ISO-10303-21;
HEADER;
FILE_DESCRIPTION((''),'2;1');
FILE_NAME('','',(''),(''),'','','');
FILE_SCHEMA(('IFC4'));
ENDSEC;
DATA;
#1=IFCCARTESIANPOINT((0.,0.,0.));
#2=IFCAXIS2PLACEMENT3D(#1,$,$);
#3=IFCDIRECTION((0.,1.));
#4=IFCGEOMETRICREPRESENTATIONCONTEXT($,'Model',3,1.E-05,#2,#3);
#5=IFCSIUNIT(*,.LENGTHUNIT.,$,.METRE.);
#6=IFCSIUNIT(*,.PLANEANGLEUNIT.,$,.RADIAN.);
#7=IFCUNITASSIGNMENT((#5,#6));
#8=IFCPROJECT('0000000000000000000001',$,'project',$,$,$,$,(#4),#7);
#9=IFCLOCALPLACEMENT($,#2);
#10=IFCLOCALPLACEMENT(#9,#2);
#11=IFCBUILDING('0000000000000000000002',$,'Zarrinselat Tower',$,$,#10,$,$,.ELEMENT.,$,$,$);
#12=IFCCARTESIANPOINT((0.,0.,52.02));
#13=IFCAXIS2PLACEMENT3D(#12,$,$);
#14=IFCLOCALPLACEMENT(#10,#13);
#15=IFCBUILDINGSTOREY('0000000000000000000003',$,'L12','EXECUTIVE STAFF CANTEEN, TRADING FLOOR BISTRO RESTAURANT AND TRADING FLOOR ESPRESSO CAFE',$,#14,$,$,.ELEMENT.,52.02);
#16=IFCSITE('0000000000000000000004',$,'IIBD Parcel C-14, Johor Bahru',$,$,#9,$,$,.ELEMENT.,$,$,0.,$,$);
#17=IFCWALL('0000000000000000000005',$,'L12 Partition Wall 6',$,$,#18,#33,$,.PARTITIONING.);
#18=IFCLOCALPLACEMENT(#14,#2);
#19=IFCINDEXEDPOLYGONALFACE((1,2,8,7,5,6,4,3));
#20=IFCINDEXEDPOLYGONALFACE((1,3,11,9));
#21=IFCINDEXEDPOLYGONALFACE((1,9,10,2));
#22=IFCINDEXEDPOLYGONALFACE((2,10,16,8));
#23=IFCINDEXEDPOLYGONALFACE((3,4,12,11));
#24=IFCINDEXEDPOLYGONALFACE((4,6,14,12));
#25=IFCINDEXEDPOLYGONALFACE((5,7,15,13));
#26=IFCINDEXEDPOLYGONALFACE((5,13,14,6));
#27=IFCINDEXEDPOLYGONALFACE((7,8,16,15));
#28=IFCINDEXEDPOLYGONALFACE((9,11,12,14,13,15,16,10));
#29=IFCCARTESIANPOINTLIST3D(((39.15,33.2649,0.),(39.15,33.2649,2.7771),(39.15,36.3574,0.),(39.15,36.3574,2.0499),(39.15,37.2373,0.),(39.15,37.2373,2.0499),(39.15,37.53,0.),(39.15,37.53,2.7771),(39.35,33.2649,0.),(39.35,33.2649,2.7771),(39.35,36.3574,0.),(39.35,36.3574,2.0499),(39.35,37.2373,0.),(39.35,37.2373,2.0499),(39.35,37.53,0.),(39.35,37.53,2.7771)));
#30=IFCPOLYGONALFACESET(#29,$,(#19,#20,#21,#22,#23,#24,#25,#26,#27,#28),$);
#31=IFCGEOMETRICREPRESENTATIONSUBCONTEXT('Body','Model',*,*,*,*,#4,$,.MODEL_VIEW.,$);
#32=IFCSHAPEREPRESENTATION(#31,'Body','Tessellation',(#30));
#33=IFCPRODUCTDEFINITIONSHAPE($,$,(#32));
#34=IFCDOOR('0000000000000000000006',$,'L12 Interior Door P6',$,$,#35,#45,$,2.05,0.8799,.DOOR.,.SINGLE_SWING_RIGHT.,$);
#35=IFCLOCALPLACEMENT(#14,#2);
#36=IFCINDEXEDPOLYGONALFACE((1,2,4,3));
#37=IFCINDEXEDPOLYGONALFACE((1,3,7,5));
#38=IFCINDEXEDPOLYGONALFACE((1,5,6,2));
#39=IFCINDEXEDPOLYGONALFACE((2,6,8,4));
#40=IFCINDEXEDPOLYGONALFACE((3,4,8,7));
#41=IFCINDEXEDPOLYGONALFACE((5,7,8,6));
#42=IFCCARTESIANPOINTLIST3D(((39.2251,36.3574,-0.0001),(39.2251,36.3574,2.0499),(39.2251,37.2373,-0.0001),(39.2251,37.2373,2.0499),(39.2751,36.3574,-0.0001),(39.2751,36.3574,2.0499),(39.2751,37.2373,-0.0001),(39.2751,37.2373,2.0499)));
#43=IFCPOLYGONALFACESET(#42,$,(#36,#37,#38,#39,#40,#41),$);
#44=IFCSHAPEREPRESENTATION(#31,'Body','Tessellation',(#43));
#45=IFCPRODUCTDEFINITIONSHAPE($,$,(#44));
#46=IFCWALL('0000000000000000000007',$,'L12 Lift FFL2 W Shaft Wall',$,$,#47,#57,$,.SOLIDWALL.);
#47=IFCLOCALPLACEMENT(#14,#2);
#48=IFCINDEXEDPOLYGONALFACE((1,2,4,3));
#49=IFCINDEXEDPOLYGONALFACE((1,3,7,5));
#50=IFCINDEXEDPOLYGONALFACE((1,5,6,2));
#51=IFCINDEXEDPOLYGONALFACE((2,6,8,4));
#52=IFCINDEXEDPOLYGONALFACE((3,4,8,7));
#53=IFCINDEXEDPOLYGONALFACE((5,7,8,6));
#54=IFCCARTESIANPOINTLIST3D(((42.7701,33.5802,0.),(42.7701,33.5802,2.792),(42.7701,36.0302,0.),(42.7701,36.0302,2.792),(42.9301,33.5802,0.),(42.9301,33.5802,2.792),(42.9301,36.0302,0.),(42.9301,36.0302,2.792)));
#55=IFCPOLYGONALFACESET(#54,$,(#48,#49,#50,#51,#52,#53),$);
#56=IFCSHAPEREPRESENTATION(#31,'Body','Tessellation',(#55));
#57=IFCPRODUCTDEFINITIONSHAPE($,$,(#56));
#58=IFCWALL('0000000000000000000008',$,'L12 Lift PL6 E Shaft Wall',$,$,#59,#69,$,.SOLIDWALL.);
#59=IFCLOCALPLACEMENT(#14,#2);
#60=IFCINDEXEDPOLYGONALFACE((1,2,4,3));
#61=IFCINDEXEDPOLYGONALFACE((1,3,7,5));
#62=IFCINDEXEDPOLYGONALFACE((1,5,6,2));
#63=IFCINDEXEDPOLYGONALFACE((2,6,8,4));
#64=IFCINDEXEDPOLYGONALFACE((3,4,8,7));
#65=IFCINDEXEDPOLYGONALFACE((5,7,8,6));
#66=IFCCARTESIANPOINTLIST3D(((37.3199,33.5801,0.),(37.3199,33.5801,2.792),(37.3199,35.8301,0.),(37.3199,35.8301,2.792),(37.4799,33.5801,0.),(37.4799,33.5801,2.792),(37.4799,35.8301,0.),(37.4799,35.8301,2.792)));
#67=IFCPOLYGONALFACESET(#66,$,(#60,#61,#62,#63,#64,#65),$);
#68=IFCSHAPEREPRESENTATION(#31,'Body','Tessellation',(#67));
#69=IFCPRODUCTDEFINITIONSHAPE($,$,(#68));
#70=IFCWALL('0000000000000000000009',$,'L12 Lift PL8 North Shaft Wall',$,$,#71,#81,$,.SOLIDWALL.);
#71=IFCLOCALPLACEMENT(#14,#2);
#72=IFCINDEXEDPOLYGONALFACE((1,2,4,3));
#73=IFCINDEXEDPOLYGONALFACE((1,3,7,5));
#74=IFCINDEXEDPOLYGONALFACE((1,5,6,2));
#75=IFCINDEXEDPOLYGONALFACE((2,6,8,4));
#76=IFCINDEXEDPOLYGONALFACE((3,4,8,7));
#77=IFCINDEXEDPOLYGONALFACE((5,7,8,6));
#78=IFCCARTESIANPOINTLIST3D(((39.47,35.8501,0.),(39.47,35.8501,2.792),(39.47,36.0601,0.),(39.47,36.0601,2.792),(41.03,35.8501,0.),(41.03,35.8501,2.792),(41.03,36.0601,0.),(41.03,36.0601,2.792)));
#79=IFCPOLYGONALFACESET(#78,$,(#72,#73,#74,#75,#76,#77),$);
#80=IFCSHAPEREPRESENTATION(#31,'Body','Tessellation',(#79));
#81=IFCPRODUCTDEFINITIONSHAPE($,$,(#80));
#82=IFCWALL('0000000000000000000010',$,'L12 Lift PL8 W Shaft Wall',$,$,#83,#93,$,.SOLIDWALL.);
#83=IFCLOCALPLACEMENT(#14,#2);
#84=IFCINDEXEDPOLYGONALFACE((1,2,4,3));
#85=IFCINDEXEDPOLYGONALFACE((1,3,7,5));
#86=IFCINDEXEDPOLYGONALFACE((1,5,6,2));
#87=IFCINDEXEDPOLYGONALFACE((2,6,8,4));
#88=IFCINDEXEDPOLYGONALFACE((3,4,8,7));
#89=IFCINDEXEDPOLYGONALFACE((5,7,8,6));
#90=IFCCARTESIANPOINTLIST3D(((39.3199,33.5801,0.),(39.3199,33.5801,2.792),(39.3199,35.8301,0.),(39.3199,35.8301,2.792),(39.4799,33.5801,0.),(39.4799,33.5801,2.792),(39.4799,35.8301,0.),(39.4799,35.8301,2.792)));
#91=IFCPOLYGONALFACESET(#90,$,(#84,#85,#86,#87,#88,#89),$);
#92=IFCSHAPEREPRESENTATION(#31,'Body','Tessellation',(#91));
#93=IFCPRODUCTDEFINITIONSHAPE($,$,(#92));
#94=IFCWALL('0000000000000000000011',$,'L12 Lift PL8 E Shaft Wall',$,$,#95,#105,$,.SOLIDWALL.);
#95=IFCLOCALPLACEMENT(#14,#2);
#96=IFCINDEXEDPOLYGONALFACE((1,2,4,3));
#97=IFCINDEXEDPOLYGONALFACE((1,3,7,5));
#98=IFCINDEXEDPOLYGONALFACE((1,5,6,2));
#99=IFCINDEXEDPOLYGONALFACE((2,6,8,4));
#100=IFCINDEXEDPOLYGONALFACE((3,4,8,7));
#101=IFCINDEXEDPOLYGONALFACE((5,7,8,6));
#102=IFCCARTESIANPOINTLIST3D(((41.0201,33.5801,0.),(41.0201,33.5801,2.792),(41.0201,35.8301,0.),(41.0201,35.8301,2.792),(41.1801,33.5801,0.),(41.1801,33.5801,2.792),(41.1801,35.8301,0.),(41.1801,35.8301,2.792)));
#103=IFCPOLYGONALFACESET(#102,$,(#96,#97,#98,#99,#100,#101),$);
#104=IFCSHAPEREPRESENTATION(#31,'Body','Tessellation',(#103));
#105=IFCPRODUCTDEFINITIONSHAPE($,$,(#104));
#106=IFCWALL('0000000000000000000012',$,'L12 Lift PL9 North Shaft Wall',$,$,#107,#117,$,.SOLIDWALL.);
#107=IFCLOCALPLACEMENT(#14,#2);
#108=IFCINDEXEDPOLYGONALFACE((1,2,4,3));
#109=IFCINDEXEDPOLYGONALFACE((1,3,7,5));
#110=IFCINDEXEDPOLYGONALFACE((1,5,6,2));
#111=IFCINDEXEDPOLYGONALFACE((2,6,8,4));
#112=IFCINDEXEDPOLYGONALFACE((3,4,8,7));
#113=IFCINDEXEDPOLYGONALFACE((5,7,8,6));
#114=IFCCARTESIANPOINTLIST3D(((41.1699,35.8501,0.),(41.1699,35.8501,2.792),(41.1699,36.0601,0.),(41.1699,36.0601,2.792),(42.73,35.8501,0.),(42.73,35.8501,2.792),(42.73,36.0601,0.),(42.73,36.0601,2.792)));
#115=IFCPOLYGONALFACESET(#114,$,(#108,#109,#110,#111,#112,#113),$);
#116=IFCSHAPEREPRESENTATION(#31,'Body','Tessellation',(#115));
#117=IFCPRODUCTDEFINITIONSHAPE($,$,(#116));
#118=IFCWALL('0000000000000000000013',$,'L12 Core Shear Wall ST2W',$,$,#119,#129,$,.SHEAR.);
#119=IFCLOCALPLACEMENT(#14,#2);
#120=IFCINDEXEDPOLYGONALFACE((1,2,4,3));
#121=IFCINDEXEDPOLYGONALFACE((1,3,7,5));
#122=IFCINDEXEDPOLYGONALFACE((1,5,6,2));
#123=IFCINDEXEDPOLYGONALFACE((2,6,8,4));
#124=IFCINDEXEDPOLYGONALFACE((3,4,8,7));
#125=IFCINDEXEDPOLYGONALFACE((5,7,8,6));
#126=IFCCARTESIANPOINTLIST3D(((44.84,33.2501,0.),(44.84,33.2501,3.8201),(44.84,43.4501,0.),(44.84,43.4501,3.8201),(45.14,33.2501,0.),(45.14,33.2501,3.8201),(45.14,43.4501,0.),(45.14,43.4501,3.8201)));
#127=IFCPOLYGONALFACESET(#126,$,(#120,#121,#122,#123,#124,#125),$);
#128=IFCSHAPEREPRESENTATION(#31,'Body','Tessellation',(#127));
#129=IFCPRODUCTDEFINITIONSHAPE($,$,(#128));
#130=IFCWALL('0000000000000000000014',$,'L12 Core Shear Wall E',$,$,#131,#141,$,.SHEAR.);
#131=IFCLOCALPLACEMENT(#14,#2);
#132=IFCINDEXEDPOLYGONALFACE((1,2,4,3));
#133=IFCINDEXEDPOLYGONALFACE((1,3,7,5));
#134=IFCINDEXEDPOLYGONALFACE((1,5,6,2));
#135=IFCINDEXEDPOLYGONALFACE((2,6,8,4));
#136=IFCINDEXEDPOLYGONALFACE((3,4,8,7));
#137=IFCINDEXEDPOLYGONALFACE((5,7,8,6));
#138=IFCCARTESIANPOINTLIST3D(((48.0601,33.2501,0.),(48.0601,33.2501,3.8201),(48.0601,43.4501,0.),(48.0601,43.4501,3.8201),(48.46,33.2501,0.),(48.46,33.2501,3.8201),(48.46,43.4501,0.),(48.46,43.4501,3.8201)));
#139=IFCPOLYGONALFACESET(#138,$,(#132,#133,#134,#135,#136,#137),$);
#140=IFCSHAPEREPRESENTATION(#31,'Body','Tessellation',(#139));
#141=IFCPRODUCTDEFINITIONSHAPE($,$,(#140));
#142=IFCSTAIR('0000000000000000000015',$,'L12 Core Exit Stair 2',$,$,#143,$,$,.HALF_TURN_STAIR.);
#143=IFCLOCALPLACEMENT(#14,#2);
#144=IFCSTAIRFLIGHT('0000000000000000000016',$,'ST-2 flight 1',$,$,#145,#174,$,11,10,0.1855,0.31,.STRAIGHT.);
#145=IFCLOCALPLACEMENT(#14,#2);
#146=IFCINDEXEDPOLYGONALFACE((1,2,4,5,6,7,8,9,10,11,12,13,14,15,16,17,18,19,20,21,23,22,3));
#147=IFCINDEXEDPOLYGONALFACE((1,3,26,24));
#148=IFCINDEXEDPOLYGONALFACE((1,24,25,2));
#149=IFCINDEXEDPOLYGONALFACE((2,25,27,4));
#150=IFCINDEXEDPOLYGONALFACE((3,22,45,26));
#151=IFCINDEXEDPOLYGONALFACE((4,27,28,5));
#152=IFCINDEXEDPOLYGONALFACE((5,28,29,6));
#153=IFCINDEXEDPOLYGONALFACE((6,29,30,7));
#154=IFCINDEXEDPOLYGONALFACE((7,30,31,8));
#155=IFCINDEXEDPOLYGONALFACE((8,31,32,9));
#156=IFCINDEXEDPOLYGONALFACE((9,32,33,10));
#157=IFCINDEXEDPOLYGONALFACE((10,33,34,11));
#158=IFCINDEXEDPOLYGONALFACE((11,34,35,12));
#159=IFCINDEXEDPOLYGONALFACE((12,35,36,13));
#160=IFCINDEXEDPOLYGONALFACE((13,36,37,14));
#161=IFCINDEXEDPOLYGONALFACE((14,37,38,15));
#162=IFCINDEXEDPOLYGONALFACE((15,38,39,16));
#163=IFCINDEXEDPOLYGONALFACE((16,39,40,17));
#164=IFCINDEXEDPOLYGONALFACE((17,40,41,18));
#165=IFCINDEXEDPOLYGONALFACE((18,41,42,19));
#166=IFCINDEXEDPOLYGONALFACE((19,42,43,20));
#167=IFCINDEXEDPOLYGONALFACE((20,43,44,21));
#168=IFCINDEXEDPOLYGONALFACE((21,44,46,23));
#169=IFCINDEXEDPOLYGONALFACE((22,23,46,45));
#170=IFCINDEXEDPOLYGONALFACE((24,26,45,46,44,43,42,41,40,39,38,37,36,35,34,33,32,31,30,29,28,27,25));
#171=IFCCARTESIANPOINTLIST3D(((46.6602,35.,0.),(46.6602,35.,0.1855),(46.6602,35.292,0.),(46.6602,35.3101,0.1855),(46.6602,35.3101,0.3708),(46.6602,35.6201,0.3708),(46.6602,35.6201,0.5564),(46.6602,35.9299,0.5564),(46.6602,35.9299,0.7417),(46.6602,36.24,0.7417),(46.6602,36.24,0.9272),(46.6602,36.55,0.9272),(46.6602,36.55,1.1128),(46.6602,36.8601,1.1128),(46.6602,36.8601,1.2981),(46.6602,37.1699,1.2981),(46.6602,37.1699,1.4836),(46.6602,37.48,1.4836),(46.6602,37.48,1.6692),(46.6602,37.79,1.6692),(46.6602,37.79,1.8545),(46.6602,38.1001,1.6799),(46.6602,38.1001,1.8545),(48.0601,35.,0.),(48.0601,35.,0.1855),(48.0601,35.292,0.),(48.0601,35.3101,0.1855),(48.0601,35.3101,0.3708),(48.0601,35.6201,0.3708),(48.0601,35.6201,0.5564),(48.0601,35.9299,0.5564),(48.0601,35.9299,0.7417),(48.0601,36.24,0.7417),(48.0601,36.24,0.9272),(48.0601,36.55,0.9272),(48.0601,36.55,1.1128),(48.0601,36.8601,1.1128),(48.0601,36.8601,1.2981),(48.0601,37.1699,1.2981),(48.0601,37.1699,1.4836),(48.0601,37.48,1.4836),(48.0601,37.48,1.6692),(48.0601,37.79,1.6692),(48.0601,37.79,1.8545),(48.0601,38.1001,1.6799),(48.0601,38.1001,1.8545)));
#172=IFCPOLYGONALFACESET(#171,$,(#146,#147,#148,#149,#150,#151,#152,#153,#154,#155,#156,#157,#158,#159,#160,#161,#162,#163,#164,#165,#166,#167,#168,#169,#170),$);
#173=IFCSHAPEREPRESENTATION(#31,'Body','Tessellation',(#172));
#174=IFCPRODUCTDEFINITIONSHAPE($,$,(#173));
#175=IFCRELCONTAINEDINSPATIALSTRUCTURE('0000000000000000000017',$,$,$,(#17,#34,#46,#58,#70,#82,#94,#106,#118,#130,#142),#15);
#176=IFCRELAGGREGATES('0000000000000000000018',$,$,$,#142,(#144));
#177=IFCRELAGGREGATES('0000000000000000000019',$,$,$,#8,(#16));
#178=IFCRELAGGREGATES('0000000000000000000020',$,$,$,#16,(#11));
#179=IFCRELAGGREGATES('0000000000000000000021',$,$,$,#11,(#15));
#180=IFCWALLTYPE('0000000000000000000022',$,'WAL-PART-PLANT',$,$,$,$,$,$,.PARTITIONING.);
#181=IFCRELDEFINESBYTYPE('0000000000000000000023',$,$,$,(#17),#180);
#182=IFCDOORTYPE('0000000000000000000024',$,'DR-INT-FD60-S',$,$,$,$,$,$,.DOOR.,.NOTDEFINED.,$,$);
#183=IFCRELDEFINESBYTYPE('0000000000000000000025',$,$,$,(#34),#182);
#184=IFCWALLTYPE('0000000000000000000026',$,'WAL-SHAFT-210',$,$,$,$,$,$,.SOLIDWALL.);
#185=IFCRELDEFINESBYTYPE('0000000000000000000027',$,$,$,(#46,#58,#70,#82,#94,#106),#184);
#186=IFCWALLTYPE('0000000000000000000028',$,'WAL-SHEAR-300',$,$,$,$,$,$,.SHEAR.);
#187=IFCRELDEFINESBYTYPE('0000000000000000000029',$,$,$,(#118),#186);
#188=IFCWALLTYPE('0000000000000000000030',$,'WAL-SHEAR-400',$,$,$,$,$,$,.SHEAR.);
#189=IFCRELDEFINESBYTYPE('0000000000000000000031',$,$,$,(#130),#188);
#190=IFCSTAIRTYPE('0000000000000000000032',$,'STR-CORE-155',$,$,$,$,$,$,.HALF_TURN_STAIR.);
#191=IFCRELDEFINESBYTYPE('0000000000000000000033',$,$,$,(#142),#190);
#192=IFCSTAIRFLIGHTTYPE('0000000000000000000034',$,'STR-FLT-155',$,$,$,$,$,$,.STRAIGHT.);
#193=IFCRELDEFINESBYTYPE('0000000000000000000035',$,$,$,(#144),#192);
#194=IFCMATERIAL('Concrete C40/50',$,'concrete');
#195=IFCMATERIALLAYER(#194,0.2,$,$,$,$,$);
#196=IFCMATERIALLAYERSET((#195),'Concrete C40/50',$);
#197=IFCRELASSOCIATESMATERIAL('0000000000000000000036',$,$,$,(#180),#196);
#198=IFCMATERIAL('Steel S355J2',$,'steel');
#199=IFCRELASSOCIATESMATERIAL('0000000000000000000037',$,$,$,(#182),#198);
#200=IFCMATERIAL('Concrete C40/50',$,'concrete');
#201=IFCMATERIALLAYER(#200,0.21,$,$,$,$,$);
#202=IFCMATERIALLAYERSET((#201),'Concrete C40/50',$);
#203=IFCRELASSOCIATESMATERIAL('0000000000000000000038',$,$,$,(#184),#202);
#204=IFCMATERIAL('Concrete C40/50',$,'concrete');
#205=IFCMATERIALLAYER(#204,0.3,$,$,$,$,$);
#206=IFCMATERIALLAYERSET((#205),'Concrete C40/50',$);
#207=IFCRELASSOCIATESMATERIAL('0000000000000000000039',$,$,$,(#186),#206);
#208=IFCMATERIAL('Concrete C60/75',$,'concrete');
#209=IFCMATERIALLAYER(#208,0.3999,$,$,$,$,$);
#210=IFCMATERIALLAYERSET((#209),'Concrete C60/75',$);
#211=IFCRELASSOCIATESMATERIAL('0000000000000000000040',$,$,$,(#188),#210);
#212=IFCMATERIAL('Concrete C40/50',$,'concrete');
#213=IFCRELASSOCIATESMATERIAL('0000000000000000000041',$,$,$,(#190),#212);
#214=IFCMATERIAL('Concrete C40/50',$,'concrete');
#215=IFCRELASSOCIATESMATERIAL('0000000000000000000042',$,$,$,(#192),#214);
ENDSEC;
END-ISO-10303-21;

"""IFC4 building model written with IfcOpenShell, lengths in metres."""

from ifc_helpers import new_model, si_unit, direction, frame, frame_2d, origin, place, context, subcontext, project, spatial, polyline, rectangle, outline, extrude, material, layer, layer_set, type_object, element, fill, aggregate, save


model = new_model("IFC4")

# Units and contexts
model_context = context("Model", 3, precision=1e-05, world=origin(), true_north=direction((0.0, 1.0)))
body_context = subcontext(model_context, "Body", "Model", "MODEL_VIEW")
ifc_project = project(units=[si_unit("LENGTHUNIT", "METRE"), si_unit("PLANEANGLEUNIT", "RADIAN")], contexts=[model_context])

# Site, building, storey
site_placement = place(None, origin())
site = spatial("IfcSite", under=ifc_project, at=site_placement, Name="IIBD Parcel C-14, Johor Bahru", CompositionType="ELEMENT", RefElevation=0.0)
building_placement = place(site_placement, origin())
building = spatial("IfcBuilding", under=site, at=building_placement, Name="Zarrinselat Tower", CompositionType="ELEMENT")
storey_placement = place(building_placement, frame((0.0, 0.0, 52.02)))
storey = spatial("IfcBuildingStorey", under=building, at=storey_placement, Name="L12", Description="EXECUTIVE STAFF CANTEEN, TRADING FLOOR BISTRO RESTAURANT AND TRADING FLOOR ESPRESSO CAFE", CompositionType="ELEMENT", Elevation=52.02)

# Wall, opening, door
ifc_material_1 = material(Name="Concrete C40/50", Category="concrete")
ifc_layer_1 = layer(ifc_material_1, 0.2)
ifc_layer_set_1 = layer_set([ifc_layer_1], Name="Concrete C40/50")
wall_type_1 = type_object("IfcWallType", Name="WAL-PART-PLANT", PredefinedType="PARTITIONING", material=ifc_layer_set_1)
ifc_material_2 = material(Name="Steel S355J2", Category="steel")
door_type_1 = type_object("IfcDoorType", Name="DR-INT-FD60-S", OperationType="NOTDEFINED", PredefinedType="DOOR", material=ifc_material_2)
wall_1_placement = place(storey_placement, frame((39.25, 33.2649, 0.0), z_axis=(0.0, 0.0, 1.0), x_axis=(0.0, 1.0, 0.0)))
wall_1 = element("IfcWall", 1, at=wall_1_placement, inside=storey, type_object=wall_type_1, Name="L12 Partition Wall 6", PredefinedType="PARTITIONING", context=body_context, shape_type="SweptSolid", body=[
    extrude(rectangle(XDim=4.2651, YDim=0.2, at=frame_2d((2.1326, 0.0))), origin(), (0.0, 0.0, 1.0), 2.7771),
])
opening_1_placement = place(wall_1_placement, frame((3.0925, 0.0, 0.0)))
opening_1 = element("IfcOpeningElement", 2, at=opening_1_placement, cuts=wall_1, PredefinedType="OPENING", context=body_context, shape_type="SweptSolid", body=[
    extrude(rectangle(XDim=0.8799, YDim=2.05, at=frame_2d((0.4399, 1.0249))), frame((0.0, 0.1099, 0.0), z_axis=(0.0, -1.0, 0.0), x_axis=(1.0, 0.0, 0.0)), (0.0, 0.0, 1.0), 0.22),
])
door_1_placement = place(opening_1_placement, origin())
door_1 = element("IfcDoor", 3, at=door_1_placement, inside=storey, type_object=door_type_1, Name="L12 Interior Door P6", OperationType="SINGLE_SWING_RIGHT", OverallHeight=2.05, OverallWidth=0.8799, PredefinedType="DOOR", context=body_context, shape_type="SweptSolid", body=[
    extrude(rectangle(XDim=0.8799, YDim=2.05, at=frame_2d((0.4399, 1.0249))), frame((0.0, 0.0249, 0.0), z_axis=(0.0, -1.0, 0.0), x_axis=(1.0, 0.0, 0.0)), (0.0, 0.0, 1.0), 0.05),
])
fill(opening_1, door_1)

# Walls
ifc_material_3 = material(Name="Concrete C40/50", Category="concrete")
ifc_layer_2 = layer(ifc_material_3, 0.21)
ifc_layer_set_2 = layer_set([ifc_layer_2], Name="Concrete C40/50")
wall_type_2 = type_object("IfcWallType", Name="WAL-SHAFT-210", PredefinedType="SOLIDWALL", material=ifc_layer_set_2)
wall_2_placement = place(storey_placement, frame((42.8501, 33.5801, 0.0), z_axis=(0.0, 0.0, 1.0), x_axis=(0.0, 1.0, 0.0)))
element("IfcWall", 4, at=wall_2_placement, inside=storey, type_object=wall_type_2, Name="L12 Lift FFL2 W Shaft Wall", PredefinedType="SOLIDWALL", context=body_context, shape_type="SweptSolid", body=[
    extrude(rectangle(XDim=2.45, YDim=0.1599, at=frame_2d((1.2251, 0.0))), origin(), (0.0, 0.0, 1.0), 2.792),
])
wall_3_placement = place(storey_placement, frame((37.3999, 33.5801, 0.0), z_axis=(0.0, 0.0, 1.0), x_axis=(0.0, 1.0, 0.0)))
element("IfcWall", 5, at=wall_3_placement, inside=storey, type_object=wall_type_2, Name="L12 Lift PL6 E Shaft Wall", PredefinedType="SOLIDWALL", context=body_context, shape_type="SweptSolid", body=[
    extrude(rectangle(XDim=2.25, YDim=0.1599, at=frame_2d((1.125, 0.0))), origin(), (0.0, 0.0, 1.0), 2.792),
])
wall_4_placement = place(storey_placement, frame((39.47, 35.9551, 0.0), z_axis=(0.0, 0.0, 1.0), x_axis=(1.0, 0.0, 0.0)))
element("IfcWall", 6, at=wall_4_placement, inside=storey, type_object=wall_type_2, Name="L12 Lift PL8 North Shaft Wall", PredefinedType="SOLIDWALL", context=body_context, shape_type="SweptSolid", body=[
    extrude(rectangle(XDim=1.5601, YDim=0.21, at=frame_2d((0.78, 0.0))), origin(), (0.0, 0.0, 1.0), 2.792),
])
for number, where, z_axis, x_axis, name in (
    (7, (39.3999, 33.5801, 0.0), (0.0, 0.0, 1.0), (0.0, 1.0, 0.0), "L12 Lift PL8 W Shaft Wall"),
    (8, (41.1001, 33.5801, 0.0), (0.0, 0.0, 1.0), (0.0, 1.0, 0.0), "L12 Lift PL8 E Shaft Wall"),
):
    element("IfcWall", number, at=place(storey_placement, frame(where, z_axis=z_axis, x_axis=x_axis)), inside=storey, type_object=wall_type_2, Name=name, PredefinedType="SOLIDWALL", context=body_context, shape_type="SweptSolid", body=[
        extrude(rectangle(XDim=2.25, YDim=0.1599, at=frame_2d((1.125, 0.0))), origin(), (0.0, 0.0, 1.0), 2.792),
    ])
wall_5_placement = place(storey_placement, frame((41.1699, 35.9551, 0.0), z_axis=(0.0, 0.0, 1.0), x_axis=(1.0, 0.0, 0.0)))
element("IfcWall", 9, at=wall_5_placement, inside=storey, type_object=wall_type_2, Name="L12 Lift PL9 North Shaft Wall", PredefinedType="SOLIDWALL", context=body_context, shape_type="SweptSolid", body=[
    extrude(rectangle(XDim=1.5601, YDim=0.21, at=frame_2d((0.78, 0.0))), origin(), (0.0, 0.0, 1.0), 2.792),
])
ifc_material_4 = material(Name="Concrete C40/50", Category="concrete")
ifc_layer_3 = layer(ifc_material_4, 0.3)
ifc_layer_set_3 = layer_set([ifc_layer_3], Name="Concrete C40/50")
wall_type_3 = type_object("IfcWallType", Name="WAL-SHEAR-300", PredefinedType="SHEAR", material=ifc_layer_set_3)
wall_6_placement = place(storey_placement, frame((44.99, 33.25, 0.0), z_axis=(0.0, 0.0, 1.0), x_axis=(0.0, 1.0, 0.0)))
element("IfcWall", 10, at=wall_6_placement, inside=storey, type_object=wall_type_3, Name="L12 Core Shear Wall ST2W", PredefinedType="SHEAR", context=body_context, shape_type="SweptSolid", body=[
    extrude(rectangle(XDim=10.2, YDim=0.3, at=frame_2d((5.1001, 0.0))), origin(), (0.0, 0.0, 1.0), 3.8201),
])
ifc_material_5 = material(Name="Concrete C60/75", Category="concrete")
ifc_layer_4 = layer(ifc_material_5, 0.3999)
ifc_layer_set_4 = layer_set([ifc_layer_4], Name="Concrete C60/75")
wall_type_4 = type_object("IfcWallType", Name="WAL-SHEAR-400", PredefinedType="SHEAR", material=ifc_layer_set_4)
wall_7_placement = place(storey_placement, frame((48.26, 33.25, 0.0), z_axis=(0.0, 0.0, 1.0), x_axis=(0.0, 1.0, 0.0)))
element("IfcWall", 11, at=wall_7_placement, inside=storey, type_object=wall_type_4, Name="L12 Core Shear Wall E", PredefinedType="SHEAR", context=body_context, shape_type="SweptSolid", body=[
    extrude(rectangle(XDim=10.2, YDim=0.3999, at=frame_2d((5.1001, 0.0))), origin(), (0.0, 0.0, 1.0), 3.8201),
])

# Stair, stair flight
ifc_material_6 = material(Name="Concrete C40/50", Category="concrete")
stair_type = type_object("IfcStairType", Name="STR-CORE-155", PredefinedType="HALF_TURN_STAIR", material=ifc_material_6)
stair_placement = place(storey_placement, origin())
stair = element("IfcStair", 12, at=stair_placement, inside=storey, type_object=stair_type, Name="L12 Core Exit Stair 2", PredefinedType="HALF_TURN_STAIR")
ifc_material_7 = material(Name="Concrete C40/50", Category="concrete")
stair_flight_type = type_object("IfcStairFlightType", Name="STR-FLT-155", PredefinedType="STRAIGHT", material=ifc_material_7)
stair_flight_placement = place(storey_placement, frame((47.3601, 35.0, 0.0), z_axis=(0.0, 0.0, 1.0), x_axis=(0.0, 1.0, 0.0)))
stair_flight = element("IfcStairFlight", 13, at=stair_flight_placement, type_object=stair_flight_type, Name="ST-2 flight 1", NumberOfRisers=11, NumberOfTreads=10, PredefinedType="STRAIGHT", RiserHeight=0.1855, TreadLength=0.31, context=body_context, shape_type="SweptSolid", body=[
    extrude(outline(polyline([(0.0, 0.0), (0.0, 0.1855), (0.3101, 0.1855), (0.3101, 0.3708), (0.6201, 0.3708), (0.6201, 0.5564), (0.9299, 0.5564), (0.9299, 0.7417), (1.24, 0.7417), (1.24, 0.9272), (1.55, 0.9272), (1.55, 1.1128), (1.8601, 1.1128), (1.8601, 1.2981), (2.1699, 1.2981), (2.1699, 1.4836), (2.48, 1.4836), (2.48, 1.6692), (2.79, 1.6692), (2.79, 1.8545), (3.1001, 1.8545), (3.1001, 2.04), (3.1001, 1.6799), (0.292, 0.0), (0.0, 0.0)])), frame((0.0, 0.7, 0.0), z_axis=(0.0, -1.0, 0.0), x_axis=(1.0, 0.0, 0.0)), (0.0, 0.0, 1.0), 1.3999),
])
aggregate(stair, [stair_flight])

save(model, "model.ifc")
